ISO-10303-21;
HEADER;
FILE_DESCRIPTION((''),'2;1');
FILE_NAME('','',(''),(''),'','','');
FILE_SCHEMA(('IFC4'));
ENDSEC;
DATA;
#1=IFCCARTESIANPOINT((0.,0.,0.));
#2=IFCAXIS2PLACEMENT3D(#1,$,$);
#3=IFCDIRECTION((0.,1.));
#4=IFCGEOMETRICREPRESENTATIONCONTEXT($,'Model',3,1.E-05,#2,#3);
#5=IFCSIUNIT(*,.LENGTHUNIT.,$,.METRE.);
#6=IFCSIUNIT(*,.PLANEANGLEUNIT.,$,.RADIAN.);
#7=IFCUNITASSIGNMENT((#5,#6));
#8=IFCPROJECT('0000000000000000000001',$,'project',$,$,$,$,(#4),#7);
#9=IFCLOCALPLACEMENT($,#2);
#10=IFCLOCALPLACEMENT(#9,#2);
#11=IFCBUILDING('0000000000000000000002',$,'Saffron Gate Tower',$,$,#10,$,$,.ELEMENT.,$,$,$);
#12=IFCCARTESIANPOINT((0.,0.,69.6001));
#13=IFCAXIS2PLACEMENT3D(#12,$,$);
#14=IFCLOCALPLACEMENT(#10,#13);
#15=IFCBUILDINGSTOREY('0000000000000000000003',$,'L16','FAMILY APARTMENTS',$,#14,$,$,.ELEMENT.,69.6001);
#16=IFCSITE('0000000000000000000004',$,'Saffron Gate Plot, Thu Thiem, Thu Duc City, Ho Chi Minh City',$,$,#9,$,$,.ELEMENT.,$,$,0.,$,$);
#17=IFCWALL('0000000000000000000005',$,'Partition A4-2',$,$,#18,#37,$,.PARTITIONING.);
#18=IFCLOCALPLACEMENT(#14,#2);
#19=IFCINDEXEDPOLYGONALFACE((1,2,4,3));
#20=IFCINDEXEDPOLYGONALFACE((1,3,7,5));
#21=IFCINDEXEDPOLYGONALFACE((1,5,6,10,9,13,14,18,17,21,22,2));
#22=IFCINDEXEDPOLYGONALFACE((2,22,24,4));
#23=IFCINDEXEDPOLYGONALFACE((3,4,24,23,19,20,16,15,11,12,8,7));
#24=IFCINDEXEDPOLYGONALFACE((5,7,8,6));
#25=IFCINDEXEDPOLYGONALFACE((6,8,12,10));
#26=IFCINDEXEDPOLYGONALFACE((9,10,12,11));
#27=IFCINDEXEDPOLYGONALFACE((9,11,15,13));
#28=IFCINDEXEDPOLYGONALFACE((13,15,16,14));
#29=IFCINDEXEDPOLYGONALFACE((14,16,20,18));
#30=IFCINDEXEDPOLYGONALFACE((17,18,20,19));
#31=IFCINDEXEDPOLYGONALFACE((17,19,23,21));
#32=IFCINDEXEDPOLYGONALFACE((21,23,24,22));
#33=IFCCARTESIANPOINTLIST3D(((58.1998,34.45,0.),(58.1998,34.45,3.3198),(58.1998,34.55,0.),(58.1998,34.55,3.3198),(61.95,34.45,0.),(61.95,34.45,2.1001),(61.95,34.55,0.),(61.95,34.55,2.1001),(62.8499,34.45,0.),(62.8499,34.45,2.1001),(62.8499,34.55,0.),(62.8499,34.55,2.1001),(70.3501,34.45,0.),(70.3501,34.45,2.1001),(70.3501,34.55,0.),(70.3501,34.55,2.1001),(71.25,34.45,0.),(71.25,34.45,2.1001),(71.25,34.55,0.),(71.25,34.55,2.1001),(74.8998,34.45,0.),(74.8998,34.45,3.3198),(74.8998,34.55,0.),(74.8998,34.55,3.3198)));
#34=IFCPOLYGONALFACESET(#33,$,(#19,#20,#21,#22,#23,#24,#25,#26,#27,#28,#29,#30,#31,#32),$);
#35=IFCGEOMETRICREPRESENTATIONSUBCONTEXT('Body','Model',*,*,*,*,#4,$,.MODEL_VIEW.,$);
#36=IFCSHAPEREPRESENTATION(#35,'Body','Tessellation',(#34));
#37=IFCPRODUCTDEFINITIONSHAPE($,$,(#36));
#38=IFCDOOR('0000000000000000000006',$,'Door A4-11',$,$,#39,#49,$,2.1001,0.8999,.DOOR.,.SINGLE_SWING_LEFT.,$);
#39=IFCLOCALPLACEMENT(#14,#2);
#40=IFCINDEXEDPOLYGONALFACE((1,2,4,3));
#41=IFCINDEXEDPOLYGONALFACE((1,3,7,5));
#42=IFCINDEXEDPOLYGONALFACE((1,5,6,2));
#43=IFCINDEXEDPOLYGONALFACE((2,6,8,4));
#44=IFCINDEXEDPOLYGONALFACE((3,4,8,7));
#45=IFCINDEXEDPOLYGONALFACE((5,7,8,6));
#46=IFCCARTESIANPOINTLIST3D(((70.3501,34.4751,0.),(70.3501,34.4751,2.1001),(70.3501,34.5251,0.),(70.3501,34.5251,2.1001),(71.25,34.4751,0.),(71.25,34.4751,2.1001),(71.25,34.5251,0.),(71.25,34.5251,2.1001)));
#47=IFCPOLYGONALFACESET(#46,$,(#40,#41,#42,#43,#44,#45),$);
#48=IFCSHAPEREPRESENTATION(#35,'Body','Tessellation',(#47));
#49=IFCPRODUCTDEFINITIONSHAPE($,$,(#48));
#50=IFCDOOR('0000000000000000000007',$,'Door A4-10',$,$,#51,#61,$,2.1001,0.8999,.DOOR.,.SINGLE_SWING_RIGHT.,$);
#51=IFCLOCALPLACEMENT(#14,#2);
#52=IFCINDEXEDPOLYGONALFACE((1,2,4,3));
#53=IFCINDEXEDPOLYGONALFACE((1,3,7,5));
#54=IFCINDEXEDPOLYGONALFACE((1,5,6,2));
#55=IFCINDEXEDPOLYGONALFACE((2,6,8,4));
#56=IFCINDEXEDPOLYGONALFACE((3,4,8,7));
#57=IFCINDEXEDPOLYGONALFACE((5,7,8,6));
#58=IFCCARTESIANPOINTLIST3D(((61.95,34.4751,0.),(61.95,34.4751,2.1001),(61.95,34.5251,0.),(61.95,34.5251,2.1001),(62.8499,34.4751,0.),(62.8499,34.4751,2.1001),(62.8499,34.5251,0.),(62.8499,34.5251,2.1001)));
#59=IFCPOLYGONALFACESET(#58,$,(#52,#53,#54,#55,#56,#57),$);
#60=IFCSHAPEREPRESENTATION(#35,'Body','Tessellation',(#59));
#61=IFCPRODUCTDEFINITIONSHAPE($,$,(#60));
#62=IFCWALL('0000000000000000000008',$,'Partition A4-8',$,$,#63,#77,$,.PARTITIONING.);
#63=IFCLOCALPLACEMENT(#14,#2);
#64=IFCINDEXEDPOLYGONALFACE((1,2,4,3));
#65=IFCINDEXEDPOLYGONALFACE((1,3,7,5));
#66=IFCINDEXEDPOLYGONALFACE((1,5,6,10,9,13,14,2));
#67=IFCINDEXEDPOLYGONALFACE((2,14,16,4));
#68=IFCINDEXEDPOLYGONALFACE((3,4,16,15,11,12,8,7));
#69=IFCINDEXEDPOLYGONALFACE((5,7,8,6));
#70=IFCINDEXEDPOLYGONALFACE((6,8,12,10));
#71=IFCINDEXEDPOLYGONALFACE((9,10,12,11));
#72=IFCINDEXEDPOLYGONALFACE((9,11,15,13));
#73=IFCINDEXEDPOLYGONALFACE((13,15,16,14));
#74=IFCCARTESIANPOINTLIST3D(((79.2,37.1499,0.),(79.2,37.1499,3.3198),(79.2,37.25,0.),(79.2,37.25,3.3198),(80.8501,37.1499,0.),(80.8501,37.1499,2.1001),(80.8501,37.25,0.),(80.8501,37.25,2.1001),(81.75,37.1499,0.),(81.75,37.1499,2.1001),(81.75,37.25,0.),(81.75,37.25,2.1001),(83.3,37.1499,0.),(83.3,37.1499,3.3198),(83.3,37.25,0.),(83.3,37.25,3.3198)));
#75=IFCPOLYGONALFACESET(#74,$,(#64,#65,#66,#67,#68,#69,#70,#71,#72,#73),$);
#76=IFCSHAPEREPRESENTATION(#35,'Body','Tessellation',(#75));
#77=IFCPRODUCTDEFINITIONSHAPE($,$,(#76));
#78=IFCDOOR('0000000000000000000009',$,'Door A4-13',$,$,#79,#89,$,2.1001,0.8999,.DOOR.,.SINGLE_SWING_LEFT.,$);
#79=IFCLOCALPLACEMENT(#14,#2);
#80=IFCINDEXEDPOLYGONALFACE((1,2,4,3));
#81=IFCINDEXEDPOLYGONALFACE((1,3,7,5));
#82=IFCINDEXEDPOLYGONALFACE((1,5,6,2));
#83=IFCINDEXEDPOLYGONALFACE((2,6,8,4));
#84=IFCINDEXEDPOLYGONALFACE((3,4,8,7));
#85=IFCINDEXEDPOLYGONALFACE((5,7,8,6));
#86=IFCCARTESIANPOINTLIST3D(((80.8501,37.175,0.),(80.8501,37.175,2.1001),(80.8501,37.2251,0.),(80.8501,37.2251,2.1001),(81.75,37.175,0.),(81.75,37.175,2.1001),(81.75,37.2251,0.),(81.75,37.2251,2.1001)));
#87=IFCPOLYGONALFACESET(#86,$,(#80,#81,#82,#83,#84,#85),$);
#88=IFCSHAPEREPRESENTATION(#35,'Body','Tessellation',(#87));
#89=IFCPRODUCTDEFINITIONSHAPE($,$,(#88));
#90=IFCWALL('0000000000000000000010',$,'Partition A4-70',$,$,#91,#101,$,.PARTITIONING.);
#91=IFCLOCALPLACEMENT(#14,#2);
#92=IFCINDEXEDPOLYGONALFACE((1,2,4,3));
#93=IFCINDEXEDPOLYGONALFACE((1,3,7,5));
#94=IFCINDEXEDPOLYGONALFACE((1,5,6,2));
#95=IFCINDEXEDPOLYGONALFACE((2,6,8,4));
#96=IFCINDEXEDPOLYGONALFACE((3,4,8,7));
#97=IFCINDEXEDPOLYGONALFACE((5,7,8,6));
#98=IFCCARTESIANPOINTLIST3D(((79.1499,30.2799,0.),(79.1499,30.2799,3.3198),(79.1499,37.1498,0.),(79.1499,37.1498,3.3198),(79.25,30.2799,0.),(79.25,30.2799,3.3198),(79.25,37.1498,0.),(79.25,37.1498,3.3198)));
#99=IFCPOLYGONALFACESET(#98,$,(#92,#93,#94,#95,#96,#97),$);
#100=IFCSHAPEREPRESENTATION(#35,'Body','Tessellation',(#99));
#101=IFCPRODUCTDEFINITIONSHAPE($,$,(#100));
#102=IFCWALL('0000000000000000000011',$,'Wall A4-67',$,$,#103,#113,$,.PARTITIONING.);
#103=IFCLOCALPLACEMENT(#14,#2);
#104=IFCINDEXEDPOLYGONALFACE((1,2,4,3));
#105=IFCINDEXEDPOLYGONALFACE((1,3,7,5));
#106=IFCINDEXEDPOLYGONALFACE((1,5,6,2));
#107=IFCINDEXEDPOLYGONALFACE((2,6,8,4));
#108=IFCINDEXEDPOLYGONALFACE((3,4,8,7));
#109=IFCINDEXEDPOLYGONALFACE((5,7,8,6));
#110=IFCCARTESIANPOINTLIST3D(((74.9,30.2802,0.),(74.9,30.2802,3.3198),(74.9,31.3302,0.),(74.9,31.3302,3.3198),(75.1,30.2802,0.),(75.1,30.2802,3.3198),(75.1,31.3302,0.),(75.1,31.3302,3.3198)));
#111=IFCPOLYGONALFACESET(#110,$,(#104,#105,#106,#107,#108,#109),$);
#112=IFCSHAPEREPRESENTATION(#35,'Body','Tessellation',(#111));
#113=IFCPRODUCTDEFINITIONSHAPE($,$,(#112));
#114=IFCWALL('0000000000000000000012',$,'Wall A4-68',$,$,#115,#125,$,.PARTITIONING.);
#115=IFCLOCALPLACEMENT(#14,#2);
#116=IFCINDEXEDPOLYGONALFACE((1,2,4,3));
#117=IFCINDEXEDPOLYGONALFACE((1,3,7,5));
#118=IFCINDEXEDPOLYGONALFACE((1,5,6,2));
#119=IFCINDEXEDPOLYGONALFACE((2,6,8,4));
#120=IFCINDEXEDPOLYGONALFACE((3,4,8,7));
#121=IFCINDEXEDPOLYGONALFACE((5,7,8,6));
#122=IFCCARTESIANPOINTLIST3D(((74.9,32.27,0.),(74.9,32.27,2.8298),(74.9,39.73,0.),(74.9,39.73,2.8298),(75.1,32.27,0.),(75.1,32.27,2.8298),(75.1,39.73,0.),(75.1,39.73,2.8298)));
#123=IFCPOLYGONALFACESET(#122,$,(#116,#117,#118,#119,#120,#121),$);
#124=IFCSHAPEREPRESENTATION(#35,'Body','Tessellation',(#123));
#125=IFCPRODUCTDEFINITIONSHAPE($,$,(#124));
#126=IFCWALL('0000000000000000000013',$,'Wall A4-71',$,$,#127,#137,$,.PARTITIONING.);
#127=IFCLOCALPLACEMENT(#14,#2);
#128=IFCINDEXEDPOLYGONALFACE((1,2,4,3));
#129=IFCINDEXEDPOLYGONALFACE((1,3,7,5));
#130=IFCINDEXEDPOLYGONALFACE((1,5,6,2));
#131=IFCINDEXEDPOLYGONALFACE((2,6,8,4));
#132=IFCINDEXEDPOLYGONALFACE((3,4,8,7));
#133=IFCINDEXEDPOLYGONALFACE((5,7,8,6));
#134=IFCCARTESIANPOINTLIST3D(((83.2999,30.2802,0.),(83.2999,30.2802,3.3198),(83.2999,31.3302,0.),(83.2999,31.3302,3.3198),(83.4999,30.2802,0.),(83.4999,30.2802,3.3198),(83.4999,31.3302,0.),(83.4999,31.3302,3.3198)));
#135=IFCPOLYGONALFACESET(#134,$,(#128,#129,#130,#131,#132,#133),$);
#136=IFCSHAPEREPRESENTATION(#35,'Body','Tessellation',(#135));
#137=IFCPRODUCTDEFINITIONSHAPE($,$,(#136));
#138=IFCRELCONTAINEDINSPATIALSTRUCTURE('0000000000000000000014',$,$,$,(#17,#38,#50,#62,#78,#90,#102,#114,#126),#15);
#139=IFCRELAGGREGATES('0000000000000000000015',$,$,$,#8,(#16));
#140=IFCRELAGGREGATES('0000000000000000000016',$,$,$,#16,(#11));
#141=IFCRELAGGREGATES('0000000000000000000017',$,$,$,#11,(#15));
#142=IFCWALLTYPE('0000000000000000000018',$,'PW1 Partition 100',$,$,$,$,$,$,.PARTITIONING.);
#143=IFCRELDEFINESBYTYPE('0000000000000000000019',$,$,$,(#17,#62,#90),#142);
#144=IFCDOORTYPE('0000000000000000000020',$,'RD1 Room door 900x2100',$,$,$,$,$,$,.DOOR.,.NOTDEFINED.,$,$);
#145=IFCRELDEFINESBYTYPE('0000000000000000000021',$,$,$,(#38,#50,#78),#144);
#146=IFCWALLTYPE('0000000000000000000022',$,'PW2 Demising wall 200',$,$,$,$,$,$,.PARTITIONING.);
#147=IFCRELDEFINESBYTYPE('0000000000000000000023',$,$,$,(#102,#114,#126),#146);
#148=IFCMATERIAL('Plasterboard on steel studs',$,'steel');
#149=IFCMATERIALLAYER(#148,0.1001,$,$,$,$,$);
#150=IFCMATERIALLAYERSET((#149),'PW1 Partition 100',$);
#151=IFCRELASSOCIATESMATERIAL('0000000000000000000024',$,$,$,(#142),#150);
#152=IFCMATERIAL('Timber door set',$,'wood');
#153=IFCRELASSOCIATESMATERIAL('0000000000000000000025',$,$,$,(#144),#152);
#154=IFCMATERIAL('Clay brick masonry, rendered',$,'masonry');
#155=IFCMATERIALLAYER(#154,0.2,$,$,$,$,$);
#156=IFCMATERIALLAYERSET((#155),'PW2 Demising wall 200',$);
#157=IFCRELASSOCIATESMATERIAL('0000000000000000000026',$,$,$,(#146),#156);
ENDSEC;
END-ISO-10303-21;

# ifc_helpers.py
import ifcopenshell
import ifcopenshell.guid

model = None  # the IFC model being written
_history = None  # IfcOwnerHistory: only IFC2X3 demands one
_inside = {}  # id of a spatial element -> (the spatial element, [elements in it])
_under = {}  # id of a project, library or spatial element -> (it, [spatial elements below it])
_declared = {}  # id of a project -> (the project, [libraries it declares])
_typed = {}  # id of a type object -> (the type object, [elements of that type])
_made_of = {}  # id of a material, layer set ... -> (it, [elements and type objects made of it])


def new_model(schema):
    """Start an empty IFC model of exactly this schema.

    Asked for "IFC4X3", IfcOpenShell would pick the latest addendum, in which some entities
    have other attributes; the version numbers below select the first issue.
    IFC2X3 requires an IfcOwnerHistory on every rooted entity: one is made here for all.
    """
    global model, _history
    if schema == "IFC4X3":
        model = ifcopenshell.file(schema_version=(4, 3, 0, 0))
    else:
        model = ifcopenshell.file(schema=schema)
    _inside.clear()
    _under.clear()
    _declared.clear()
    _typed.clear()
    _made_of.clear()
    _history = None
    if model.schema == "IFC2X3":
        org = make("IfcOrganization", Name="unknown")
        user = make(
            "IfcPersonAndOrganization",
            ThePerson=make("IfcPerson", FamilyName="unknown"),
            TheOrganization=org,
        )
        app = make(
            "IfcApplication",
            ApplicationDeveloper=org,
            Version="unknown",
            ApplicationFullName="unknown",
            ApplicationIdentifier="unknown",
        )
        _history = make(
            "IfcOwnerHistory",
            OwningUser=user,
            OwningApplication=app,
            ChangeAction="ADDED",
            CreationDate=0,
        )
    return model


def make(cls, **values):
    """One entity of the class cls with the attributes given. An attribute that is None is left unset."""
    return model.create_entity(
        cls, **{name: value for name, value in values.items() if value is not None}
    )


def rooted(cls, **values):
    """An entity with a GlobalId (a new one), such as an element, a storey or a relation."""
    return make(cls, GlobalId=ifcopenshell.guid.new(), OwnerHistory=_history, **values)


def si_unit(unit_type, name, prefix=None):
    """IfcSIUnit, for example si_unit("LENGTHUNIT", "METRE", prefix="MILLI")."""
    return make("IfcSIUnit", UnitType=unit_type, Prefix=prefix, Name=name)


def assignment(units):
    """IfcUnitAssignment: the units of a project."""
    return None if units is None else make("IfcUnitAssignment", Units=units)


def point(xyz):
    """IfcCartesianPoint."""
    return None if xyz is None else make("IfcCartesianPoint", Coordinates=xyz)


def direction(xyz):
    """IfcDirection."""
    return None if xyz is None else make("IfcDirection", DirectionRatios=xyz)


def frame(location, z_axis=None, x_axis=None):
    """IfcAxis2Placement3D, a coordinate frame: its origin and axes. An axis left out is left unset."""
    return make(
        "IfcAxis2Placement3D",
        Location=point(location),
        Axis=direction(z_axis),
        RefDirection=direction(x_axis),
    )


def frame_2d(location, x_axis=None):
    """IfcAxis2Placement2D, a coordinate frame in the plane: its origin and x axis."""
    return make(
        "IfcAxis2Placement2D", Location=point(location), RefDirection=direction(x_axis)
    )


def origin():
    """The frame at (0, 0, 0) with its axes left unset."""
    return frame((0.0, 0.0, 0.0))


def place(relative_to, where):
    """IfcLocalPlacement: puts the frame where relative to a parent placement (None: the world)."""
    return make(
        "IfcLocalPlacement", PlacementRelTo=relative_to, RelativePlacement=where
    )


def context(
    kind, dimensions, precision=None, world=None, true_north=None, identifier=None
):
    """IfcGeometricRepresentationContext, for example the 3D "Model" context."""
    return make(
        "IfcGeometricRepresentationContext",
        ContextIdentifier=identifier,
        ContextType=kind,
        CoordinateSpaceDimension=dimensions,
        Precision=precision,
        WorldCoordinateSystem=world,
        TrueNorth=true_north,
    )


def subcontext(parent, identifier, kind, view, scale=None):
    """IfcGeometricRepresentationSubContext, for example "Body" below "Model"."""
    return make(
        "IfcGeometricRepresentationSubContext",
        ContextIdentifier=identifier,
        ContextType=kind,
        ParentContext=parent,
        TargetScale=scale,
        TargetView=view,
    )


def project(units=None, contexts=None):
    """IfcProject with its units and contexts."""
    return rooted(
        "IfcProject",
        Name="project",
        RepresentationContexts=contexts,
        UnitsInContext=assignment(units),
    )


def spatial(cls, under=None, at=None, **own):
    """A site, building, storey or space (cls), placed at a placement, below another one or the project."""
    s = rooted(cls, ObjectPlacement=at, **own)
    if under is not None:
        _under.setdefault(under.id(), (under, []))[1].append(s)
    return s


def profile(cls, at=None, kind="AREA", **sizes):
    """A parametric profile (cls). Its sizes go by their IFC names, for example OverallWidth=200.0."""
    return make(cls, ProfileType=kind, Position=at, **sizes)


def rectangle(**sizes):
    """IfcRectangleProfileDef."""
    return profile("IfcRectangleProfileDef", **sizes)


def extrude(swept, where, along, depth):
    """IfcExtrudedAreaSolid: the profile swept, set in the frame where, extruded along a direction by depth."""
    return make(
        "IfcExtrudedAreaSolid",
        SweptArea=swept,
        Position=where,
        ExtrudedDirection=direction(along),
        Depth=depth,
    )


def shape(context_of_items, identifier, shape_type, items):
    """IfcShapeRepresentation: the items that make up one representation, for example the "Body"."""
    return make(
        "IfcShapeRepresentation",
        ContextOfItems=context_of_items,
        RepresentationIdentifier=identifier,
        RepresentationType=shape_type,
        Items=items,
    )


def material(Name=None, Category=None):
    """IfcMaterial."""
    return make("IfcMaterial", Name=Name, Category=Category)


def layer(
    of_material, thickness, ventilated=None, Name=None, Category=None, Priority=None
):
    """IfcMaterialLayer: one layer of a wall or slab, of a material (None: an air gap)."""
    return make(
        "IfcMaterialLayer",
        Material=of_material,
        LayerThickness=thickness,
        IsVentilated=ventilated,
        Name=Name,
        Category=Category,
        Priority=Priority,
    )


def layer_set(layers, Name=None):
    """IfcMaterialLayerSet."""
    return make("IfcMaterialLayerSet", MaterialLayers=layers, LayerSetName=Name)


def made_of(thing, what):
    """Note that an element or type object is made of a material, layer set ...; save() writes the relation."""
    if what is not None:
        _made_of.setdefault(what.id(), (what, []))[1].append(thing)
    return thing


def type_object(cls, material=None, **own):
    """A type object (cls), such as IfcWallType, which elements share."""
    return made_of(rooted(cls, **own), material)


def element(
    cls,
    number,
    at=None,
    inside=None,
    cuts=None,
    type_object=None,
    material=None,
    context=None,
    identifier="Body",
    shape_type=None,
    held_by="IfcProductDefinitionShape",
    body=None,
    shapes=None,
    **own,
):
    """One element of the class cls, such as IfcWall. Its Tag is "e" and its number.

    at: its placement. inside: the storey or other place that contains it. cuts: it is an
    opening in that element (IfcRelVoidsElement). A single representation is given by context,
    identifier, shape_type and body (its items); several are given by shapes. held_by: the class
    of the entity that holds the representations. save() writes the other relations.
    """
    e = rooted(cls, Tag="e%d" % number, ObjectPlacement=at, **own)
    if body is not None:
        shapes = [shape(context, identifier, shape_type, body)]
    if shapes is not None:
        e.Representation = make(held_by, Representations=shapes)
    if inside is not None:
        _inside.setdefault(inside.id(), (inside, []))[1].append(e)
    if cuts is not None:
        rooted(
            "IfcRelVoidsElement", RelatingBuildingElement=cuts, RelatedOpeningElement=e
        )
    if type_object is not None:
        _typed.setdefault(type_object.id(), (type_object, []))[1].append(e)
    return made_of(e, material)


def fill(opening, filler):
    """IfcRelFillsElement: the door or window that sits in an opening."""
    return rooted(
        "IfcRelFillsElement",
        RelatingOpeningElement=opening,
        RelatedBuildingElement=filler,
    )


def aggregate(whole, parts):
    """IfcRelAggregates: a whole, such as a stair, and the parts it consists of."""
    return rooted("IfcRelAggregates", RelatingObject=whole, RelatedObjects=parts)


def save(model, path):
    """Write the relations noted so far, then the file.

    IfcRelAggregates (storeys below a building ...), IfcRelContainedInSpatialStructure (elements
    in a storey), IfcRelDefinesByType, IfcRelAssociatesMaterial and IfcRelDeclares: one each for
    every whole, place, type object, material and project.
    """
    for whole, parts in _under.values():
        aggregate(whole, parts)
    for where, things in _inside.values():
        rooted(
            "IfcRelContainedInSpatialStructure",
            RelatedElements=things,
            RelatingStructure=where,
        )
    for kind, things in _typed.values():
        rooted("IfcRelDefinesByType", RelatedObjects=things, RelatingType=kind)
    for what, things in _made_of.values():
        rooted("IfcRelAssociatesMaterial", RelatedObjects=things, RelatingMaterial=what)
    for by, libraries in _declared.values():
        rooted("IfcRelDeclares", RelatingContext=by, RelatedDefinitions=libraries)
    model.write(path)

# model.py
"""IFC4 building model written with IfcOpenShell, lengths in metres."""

from ifc_helpers import new_model, si_unit, direction, frame, frame_2d, origin, place, context, subcontext, project, spatial, rectangle, extrude, material, layer, layer_set, type_object, element, fill, save


model = new_model("IFC4")

# Units and contexts
model_context = context("Model", 3, precision=1e-05, world=origin(), true_north=direction((0.0, 1.0)))
body_context = subcontext(model_context, "Body", "Model", "MODEL_VIEW")
ifc_project = project(units=[si_unit("LENGTHUNIT", "METRE"), si_unit("PLANEANGLEUNIT", "RADIAN")], contexts=[model_context])

# Site, building, storey
site_placement = place(None, origin())
site = spatial("IfcSite", under=ifc_project, at=site_placement, Name="Saffron Gate Plot, Thu Thiem, Thu Duc City, Ho Chi Minh City", CompositionType="ELEMENT", RefElevation=0.0)
building_placement = place(site_placement, origin())
building = spatial("IfcBuilding", under=site, at=building_placement, Name="Saffron Gate Tower", CompositionType="ELEMENT")
storey_placement = place(building_placement, frame((0.0, 0.0, 69.6001)))
storey = spatial("IfcBuildingStorey", under=building, at=storey_placement, Name="L16", Description="FAMILY APARTMENTS", CompositionType="ELEMENT", Elevation=69.6001)

# Wall, openings, doors
ifc_material_1 = material(Name="Plasterboard on steel studs", Category="steel")
ifc_layer_1 = layer(ifc_material_1, 0.1001)
ifc_layer_set_1 = layer_set([ifc_layer_1], Name="PW1 Partition 100")
wall_type_1 = type_object("IfcWallType", Name="PW1 Partition 100", PredefinedType="PARTITIONING", material=ifc_layer_set_1)
wall_1_placement = place(storey_placement, frame((74.8999, 34.5, 0.0), z_axis=(0.0, 0.0, 1.0), x_axis=(-1.0, 0.0, 0.0)))
wall_1 = element("IfcWall", 1, at=wall_1_placement, inside=storey, type_object=wall_type_1, Name="Partition A4-2", PredefinedType="PARTITIONING", context=body_context, shape_type="SweptSolid", body=[
    extrude(rectangle(XDim=16.7, YDim=0.1001, at=frame_2d((8.3501, 0.0))), origin(), (0.0, 0.0, 1.0), 3.3198),
])
opening_1_placement = place(wall_1_placement, frame((3.6499, 0.0, 0.0)))
opening_1 = element("IfcOpeningElement", 2, at=opening_1_placement, cuts=wall_1, PredefinedType="OPENING", context=body_context, shape_type="SweptSolid", body=[
    extrude(rectangle(XDim=0.8999, YDim=2.1001, at=frame_2d((0.45, 1.05))), frame((0.0, 0.0601, 0.0), z_axis=(0.0, -1.0, 0.0), x_axis=(1.0, 0.0, 0.0)), (0.0, 0.0, 1.0), 0.1201),
])
opening_2_placement = place(wall_1_placement, frame((12.05, 0.0, 0.0)))
opening_2 = element("IfcOpeningElement", 3, at=opening_2_placement, cuts=wall_1, PredefinedType="OPENING", context=body_context, shape_type="SweptSolid", body=[
    extrude(rectangle(XDim=0.8999, YDim=2.1001, at=frame_2d((0.45, 1.05))), frame((0.0, 0.0601, 0.0), z_axis=(0.0, -1.0, 0.0), x_axis=(1.0, 0.0, 0.0)), (0.0, 0.0, 1.0), 0.1201),
])
ifc_material_2 = material(Name="Timber door set", Category="wood")
door_type = type_object("IfcDoorType", Name="RD1 Room door 900x2100", OperationType="NOTDEFINED", PredefinedType="DOOR", material=ifc_material_2)
door_1_placement = place(opening_1_placement, origin())
door_1 = element("IfcDoor", 4, at=door_1_placement, inside=storey, type_object=door_type, Name="Door A4-11", OperationType="SINGLE_SWING_LEFT", OverallHeight=2.1001, OverallWidth=0.8999, PredefinedType="DOOR", context=body_context, shape_type="SweptSolid", body=[
    extrude(rectangle(XDim=0.8999, YDim=2.1001, at=frame_2d((0.45, 1.05))), frame((0.0, 0.0249, 0.0), z_axis=(0.0, -1.0, 0.0), x_axis=(1.0, 0.0, 0.0)), (0.0, 0.0, 1.0), 0.05),
])
fill(opening_1, door_1)
door_2_placement = place(opening_2_placement, origin())
door_2 = element("IfcDoor", 5, at=door_2_placement, inside=storey, type_object=door_type, Name="Door A4-10", OperationType="SINGLE_SWING_RIGHT", OverallHeight=2.1001, OverallWidth=0.8999, PredefinedType="DOOR", context=body_context, shape_type="SweptSolid", body=[
    extrude(rectangle(XDim=0.8999, YDim=2.1001, at=frame_2d((0.45, 1.05))), frame((0.0, 0.0249, 0.0), z_axis=(0.0, -1.0, 0.0), x_axis=(1.0, 0.0, 0.0)), (0.0, 0.0, 1.0), 0.05),
])
fill(opening_2, door_2)

# Wall, opening, door
wall_2_placement = place(storey_placement, frame((83.3, 37.2, 0.0), z_axis=(0.0, 0.0, 1.0), x_axis=(-1.0, 0.0, 0.0)))
wall_2 = element("IfcWall", 6, at=wall_2_placement, inside=storey, type_object=wall_type_1, Name="Partition A4-8", PredefinedType="PARTITIONING", context=body_context, shape_type="SweptSolid", body=[
    extrude(rectangle(XDim=4.1001, YDim=0.1001, at=frame_2d((2.05, 0.0))), origin(), (0.0, 0.0, 1.0), 3.3198),
])
opening_3_placement = place(wall_2_placement, frame((1.55, 0.0, 0.0)))
opening_3 = element("IfcOpeningElement", 7, at=opening_3_placement, cuts=wall_2, PredefinedType="OPENING", context=body_context, shape_type="SweptSolid", body=[
    extrude(rectangle(XDim=0.8999, YDim=2.1001, at=frame_2d((0.45, 1.05))), frame((0.0, 0.0601, 0.0), z_axis=(0.0, -1.0, 0.0), x_axis=(1.0, 0.0, 0.0)), (0.0, 0.0, 1.0), 0.1201),
])
door_3_placement = place(opening_3_placement, origin())
door_3 = element("IfcDoor", 8, at=door_3_placement, inside=storey, type_object=door_type, Name="Door A4-13", OperationType="SINGLE_SWING_LEFT", OverallHeight=2.1001, OverallWidth=0.8999, PredefinedType="DOOR", context=body_context, shape_type="SweptSolid", body=[
    extrude(rectangle(XDim=0.8999, YDim=2.1001, at=frame_2d((0.45, 1.05))), frame((0.0, 0.0249, 0.0), z_axis=(0.0, -1.0, 0.0), x_axis=(1.0, 0.0, 0.0)), (0.0, 0.0, 1.0), 0.05),
])
fill(opening_3, door_3)

# Walls
wall_3_placement = place(storey_placement, frame((79.2, 37.1499, 0.0), z_axis=(0.0, 0.0, 1.0), x_axis=(0.0, -1.0, 0.0)))
element("IfcWall", 9, at=wall_3_placement, inside=storey, type_object=wall_type_1, Name="Partition A4-70", PredefinedType="PARTITIONING", context=body_context, shape_type="SweptSolid", body=[
    extrude(rectangle(XDim=6.8699, YDim=0.1001, at=frame_2d((3.4351, 0.0))), origin(), (0.0, 0.0, 1.0), 3.3198),
])
ifc_material_3 = material(Name="Clay brick masonry, rendered", Category="masonry")
ifc_layer_2 = layer(ifc_material_3, 0.2)
ifc_layer_set_2 = layer_set([ifc_layer_2], Name="PW2 Demising wall 200")
wall_type_2 = type_object("IfcWallType", Name="PW2 Demising wall 200", PredefinedType="PARTITIONING", material=ifc_layer_set_2)
wall_4_placement = place(storey_placement, frame((75.0, 31.3301, 0.0), z_axis=(0.0, 0.0, 1.0), x_axis=(0.0, -1.0, 0.0)))
element("IfcWall", 10, at=wall_4_placement, inside=storey, type_object=wall_type_2, Name="Wall A4-67", PredefinedType="PARTITIONING", context=body_context, shape_type="SweptSolid", body=[
    extrude(rectangle(XDim=1.05, YDim=0.2, at=frame_2d((0.5249, 0.0))), origin(), (0.0, 0.0, 1.0), 3.3198),
])
wall_5_placement = place(storey_placement, frame((75.0, 39.73, 0.0), z_axis=(0.0, 0.0, 1.0), x_axis=(0.0, -1.0, 0.0)))
element("IfcWall", 11, at=wall_5_placement, inside=storey, type_object=wall_type_2, Name="Wall A4-68", PredefinedType="PARTITIONING", context=body_context, shape_type="SweptSolid", body=[
    extrude(rectangle(XDim=7.46, YDim=0.2, at=frame_2d((3.73, 0.0))), origin(), (0.0, 0.0, 1.0), 2.8298),
])
wall_6_placement = place(storey_placement, frame((83.3999, 31.3301, 0.0), z_axis=(0.0, 0.0, 1.0), x_axis=(0.0, -1.0, 0.0)))
element("IfcWall", 12, at=wall_6_placement, inside=storey, type_object=wall_type_2, Name="Wall A4-71", PredefinedType="PARTITIONING", context=body_context, shape_type="SweptSolid", body=[
    extrude(rectangle(XDim=1.05, YDim=0.2, at=frame_2d((0.5249, 0.0))), origin(), (0.0, 0.0, 1.0), 3.3198),
])

save(model, "model.ifc")
